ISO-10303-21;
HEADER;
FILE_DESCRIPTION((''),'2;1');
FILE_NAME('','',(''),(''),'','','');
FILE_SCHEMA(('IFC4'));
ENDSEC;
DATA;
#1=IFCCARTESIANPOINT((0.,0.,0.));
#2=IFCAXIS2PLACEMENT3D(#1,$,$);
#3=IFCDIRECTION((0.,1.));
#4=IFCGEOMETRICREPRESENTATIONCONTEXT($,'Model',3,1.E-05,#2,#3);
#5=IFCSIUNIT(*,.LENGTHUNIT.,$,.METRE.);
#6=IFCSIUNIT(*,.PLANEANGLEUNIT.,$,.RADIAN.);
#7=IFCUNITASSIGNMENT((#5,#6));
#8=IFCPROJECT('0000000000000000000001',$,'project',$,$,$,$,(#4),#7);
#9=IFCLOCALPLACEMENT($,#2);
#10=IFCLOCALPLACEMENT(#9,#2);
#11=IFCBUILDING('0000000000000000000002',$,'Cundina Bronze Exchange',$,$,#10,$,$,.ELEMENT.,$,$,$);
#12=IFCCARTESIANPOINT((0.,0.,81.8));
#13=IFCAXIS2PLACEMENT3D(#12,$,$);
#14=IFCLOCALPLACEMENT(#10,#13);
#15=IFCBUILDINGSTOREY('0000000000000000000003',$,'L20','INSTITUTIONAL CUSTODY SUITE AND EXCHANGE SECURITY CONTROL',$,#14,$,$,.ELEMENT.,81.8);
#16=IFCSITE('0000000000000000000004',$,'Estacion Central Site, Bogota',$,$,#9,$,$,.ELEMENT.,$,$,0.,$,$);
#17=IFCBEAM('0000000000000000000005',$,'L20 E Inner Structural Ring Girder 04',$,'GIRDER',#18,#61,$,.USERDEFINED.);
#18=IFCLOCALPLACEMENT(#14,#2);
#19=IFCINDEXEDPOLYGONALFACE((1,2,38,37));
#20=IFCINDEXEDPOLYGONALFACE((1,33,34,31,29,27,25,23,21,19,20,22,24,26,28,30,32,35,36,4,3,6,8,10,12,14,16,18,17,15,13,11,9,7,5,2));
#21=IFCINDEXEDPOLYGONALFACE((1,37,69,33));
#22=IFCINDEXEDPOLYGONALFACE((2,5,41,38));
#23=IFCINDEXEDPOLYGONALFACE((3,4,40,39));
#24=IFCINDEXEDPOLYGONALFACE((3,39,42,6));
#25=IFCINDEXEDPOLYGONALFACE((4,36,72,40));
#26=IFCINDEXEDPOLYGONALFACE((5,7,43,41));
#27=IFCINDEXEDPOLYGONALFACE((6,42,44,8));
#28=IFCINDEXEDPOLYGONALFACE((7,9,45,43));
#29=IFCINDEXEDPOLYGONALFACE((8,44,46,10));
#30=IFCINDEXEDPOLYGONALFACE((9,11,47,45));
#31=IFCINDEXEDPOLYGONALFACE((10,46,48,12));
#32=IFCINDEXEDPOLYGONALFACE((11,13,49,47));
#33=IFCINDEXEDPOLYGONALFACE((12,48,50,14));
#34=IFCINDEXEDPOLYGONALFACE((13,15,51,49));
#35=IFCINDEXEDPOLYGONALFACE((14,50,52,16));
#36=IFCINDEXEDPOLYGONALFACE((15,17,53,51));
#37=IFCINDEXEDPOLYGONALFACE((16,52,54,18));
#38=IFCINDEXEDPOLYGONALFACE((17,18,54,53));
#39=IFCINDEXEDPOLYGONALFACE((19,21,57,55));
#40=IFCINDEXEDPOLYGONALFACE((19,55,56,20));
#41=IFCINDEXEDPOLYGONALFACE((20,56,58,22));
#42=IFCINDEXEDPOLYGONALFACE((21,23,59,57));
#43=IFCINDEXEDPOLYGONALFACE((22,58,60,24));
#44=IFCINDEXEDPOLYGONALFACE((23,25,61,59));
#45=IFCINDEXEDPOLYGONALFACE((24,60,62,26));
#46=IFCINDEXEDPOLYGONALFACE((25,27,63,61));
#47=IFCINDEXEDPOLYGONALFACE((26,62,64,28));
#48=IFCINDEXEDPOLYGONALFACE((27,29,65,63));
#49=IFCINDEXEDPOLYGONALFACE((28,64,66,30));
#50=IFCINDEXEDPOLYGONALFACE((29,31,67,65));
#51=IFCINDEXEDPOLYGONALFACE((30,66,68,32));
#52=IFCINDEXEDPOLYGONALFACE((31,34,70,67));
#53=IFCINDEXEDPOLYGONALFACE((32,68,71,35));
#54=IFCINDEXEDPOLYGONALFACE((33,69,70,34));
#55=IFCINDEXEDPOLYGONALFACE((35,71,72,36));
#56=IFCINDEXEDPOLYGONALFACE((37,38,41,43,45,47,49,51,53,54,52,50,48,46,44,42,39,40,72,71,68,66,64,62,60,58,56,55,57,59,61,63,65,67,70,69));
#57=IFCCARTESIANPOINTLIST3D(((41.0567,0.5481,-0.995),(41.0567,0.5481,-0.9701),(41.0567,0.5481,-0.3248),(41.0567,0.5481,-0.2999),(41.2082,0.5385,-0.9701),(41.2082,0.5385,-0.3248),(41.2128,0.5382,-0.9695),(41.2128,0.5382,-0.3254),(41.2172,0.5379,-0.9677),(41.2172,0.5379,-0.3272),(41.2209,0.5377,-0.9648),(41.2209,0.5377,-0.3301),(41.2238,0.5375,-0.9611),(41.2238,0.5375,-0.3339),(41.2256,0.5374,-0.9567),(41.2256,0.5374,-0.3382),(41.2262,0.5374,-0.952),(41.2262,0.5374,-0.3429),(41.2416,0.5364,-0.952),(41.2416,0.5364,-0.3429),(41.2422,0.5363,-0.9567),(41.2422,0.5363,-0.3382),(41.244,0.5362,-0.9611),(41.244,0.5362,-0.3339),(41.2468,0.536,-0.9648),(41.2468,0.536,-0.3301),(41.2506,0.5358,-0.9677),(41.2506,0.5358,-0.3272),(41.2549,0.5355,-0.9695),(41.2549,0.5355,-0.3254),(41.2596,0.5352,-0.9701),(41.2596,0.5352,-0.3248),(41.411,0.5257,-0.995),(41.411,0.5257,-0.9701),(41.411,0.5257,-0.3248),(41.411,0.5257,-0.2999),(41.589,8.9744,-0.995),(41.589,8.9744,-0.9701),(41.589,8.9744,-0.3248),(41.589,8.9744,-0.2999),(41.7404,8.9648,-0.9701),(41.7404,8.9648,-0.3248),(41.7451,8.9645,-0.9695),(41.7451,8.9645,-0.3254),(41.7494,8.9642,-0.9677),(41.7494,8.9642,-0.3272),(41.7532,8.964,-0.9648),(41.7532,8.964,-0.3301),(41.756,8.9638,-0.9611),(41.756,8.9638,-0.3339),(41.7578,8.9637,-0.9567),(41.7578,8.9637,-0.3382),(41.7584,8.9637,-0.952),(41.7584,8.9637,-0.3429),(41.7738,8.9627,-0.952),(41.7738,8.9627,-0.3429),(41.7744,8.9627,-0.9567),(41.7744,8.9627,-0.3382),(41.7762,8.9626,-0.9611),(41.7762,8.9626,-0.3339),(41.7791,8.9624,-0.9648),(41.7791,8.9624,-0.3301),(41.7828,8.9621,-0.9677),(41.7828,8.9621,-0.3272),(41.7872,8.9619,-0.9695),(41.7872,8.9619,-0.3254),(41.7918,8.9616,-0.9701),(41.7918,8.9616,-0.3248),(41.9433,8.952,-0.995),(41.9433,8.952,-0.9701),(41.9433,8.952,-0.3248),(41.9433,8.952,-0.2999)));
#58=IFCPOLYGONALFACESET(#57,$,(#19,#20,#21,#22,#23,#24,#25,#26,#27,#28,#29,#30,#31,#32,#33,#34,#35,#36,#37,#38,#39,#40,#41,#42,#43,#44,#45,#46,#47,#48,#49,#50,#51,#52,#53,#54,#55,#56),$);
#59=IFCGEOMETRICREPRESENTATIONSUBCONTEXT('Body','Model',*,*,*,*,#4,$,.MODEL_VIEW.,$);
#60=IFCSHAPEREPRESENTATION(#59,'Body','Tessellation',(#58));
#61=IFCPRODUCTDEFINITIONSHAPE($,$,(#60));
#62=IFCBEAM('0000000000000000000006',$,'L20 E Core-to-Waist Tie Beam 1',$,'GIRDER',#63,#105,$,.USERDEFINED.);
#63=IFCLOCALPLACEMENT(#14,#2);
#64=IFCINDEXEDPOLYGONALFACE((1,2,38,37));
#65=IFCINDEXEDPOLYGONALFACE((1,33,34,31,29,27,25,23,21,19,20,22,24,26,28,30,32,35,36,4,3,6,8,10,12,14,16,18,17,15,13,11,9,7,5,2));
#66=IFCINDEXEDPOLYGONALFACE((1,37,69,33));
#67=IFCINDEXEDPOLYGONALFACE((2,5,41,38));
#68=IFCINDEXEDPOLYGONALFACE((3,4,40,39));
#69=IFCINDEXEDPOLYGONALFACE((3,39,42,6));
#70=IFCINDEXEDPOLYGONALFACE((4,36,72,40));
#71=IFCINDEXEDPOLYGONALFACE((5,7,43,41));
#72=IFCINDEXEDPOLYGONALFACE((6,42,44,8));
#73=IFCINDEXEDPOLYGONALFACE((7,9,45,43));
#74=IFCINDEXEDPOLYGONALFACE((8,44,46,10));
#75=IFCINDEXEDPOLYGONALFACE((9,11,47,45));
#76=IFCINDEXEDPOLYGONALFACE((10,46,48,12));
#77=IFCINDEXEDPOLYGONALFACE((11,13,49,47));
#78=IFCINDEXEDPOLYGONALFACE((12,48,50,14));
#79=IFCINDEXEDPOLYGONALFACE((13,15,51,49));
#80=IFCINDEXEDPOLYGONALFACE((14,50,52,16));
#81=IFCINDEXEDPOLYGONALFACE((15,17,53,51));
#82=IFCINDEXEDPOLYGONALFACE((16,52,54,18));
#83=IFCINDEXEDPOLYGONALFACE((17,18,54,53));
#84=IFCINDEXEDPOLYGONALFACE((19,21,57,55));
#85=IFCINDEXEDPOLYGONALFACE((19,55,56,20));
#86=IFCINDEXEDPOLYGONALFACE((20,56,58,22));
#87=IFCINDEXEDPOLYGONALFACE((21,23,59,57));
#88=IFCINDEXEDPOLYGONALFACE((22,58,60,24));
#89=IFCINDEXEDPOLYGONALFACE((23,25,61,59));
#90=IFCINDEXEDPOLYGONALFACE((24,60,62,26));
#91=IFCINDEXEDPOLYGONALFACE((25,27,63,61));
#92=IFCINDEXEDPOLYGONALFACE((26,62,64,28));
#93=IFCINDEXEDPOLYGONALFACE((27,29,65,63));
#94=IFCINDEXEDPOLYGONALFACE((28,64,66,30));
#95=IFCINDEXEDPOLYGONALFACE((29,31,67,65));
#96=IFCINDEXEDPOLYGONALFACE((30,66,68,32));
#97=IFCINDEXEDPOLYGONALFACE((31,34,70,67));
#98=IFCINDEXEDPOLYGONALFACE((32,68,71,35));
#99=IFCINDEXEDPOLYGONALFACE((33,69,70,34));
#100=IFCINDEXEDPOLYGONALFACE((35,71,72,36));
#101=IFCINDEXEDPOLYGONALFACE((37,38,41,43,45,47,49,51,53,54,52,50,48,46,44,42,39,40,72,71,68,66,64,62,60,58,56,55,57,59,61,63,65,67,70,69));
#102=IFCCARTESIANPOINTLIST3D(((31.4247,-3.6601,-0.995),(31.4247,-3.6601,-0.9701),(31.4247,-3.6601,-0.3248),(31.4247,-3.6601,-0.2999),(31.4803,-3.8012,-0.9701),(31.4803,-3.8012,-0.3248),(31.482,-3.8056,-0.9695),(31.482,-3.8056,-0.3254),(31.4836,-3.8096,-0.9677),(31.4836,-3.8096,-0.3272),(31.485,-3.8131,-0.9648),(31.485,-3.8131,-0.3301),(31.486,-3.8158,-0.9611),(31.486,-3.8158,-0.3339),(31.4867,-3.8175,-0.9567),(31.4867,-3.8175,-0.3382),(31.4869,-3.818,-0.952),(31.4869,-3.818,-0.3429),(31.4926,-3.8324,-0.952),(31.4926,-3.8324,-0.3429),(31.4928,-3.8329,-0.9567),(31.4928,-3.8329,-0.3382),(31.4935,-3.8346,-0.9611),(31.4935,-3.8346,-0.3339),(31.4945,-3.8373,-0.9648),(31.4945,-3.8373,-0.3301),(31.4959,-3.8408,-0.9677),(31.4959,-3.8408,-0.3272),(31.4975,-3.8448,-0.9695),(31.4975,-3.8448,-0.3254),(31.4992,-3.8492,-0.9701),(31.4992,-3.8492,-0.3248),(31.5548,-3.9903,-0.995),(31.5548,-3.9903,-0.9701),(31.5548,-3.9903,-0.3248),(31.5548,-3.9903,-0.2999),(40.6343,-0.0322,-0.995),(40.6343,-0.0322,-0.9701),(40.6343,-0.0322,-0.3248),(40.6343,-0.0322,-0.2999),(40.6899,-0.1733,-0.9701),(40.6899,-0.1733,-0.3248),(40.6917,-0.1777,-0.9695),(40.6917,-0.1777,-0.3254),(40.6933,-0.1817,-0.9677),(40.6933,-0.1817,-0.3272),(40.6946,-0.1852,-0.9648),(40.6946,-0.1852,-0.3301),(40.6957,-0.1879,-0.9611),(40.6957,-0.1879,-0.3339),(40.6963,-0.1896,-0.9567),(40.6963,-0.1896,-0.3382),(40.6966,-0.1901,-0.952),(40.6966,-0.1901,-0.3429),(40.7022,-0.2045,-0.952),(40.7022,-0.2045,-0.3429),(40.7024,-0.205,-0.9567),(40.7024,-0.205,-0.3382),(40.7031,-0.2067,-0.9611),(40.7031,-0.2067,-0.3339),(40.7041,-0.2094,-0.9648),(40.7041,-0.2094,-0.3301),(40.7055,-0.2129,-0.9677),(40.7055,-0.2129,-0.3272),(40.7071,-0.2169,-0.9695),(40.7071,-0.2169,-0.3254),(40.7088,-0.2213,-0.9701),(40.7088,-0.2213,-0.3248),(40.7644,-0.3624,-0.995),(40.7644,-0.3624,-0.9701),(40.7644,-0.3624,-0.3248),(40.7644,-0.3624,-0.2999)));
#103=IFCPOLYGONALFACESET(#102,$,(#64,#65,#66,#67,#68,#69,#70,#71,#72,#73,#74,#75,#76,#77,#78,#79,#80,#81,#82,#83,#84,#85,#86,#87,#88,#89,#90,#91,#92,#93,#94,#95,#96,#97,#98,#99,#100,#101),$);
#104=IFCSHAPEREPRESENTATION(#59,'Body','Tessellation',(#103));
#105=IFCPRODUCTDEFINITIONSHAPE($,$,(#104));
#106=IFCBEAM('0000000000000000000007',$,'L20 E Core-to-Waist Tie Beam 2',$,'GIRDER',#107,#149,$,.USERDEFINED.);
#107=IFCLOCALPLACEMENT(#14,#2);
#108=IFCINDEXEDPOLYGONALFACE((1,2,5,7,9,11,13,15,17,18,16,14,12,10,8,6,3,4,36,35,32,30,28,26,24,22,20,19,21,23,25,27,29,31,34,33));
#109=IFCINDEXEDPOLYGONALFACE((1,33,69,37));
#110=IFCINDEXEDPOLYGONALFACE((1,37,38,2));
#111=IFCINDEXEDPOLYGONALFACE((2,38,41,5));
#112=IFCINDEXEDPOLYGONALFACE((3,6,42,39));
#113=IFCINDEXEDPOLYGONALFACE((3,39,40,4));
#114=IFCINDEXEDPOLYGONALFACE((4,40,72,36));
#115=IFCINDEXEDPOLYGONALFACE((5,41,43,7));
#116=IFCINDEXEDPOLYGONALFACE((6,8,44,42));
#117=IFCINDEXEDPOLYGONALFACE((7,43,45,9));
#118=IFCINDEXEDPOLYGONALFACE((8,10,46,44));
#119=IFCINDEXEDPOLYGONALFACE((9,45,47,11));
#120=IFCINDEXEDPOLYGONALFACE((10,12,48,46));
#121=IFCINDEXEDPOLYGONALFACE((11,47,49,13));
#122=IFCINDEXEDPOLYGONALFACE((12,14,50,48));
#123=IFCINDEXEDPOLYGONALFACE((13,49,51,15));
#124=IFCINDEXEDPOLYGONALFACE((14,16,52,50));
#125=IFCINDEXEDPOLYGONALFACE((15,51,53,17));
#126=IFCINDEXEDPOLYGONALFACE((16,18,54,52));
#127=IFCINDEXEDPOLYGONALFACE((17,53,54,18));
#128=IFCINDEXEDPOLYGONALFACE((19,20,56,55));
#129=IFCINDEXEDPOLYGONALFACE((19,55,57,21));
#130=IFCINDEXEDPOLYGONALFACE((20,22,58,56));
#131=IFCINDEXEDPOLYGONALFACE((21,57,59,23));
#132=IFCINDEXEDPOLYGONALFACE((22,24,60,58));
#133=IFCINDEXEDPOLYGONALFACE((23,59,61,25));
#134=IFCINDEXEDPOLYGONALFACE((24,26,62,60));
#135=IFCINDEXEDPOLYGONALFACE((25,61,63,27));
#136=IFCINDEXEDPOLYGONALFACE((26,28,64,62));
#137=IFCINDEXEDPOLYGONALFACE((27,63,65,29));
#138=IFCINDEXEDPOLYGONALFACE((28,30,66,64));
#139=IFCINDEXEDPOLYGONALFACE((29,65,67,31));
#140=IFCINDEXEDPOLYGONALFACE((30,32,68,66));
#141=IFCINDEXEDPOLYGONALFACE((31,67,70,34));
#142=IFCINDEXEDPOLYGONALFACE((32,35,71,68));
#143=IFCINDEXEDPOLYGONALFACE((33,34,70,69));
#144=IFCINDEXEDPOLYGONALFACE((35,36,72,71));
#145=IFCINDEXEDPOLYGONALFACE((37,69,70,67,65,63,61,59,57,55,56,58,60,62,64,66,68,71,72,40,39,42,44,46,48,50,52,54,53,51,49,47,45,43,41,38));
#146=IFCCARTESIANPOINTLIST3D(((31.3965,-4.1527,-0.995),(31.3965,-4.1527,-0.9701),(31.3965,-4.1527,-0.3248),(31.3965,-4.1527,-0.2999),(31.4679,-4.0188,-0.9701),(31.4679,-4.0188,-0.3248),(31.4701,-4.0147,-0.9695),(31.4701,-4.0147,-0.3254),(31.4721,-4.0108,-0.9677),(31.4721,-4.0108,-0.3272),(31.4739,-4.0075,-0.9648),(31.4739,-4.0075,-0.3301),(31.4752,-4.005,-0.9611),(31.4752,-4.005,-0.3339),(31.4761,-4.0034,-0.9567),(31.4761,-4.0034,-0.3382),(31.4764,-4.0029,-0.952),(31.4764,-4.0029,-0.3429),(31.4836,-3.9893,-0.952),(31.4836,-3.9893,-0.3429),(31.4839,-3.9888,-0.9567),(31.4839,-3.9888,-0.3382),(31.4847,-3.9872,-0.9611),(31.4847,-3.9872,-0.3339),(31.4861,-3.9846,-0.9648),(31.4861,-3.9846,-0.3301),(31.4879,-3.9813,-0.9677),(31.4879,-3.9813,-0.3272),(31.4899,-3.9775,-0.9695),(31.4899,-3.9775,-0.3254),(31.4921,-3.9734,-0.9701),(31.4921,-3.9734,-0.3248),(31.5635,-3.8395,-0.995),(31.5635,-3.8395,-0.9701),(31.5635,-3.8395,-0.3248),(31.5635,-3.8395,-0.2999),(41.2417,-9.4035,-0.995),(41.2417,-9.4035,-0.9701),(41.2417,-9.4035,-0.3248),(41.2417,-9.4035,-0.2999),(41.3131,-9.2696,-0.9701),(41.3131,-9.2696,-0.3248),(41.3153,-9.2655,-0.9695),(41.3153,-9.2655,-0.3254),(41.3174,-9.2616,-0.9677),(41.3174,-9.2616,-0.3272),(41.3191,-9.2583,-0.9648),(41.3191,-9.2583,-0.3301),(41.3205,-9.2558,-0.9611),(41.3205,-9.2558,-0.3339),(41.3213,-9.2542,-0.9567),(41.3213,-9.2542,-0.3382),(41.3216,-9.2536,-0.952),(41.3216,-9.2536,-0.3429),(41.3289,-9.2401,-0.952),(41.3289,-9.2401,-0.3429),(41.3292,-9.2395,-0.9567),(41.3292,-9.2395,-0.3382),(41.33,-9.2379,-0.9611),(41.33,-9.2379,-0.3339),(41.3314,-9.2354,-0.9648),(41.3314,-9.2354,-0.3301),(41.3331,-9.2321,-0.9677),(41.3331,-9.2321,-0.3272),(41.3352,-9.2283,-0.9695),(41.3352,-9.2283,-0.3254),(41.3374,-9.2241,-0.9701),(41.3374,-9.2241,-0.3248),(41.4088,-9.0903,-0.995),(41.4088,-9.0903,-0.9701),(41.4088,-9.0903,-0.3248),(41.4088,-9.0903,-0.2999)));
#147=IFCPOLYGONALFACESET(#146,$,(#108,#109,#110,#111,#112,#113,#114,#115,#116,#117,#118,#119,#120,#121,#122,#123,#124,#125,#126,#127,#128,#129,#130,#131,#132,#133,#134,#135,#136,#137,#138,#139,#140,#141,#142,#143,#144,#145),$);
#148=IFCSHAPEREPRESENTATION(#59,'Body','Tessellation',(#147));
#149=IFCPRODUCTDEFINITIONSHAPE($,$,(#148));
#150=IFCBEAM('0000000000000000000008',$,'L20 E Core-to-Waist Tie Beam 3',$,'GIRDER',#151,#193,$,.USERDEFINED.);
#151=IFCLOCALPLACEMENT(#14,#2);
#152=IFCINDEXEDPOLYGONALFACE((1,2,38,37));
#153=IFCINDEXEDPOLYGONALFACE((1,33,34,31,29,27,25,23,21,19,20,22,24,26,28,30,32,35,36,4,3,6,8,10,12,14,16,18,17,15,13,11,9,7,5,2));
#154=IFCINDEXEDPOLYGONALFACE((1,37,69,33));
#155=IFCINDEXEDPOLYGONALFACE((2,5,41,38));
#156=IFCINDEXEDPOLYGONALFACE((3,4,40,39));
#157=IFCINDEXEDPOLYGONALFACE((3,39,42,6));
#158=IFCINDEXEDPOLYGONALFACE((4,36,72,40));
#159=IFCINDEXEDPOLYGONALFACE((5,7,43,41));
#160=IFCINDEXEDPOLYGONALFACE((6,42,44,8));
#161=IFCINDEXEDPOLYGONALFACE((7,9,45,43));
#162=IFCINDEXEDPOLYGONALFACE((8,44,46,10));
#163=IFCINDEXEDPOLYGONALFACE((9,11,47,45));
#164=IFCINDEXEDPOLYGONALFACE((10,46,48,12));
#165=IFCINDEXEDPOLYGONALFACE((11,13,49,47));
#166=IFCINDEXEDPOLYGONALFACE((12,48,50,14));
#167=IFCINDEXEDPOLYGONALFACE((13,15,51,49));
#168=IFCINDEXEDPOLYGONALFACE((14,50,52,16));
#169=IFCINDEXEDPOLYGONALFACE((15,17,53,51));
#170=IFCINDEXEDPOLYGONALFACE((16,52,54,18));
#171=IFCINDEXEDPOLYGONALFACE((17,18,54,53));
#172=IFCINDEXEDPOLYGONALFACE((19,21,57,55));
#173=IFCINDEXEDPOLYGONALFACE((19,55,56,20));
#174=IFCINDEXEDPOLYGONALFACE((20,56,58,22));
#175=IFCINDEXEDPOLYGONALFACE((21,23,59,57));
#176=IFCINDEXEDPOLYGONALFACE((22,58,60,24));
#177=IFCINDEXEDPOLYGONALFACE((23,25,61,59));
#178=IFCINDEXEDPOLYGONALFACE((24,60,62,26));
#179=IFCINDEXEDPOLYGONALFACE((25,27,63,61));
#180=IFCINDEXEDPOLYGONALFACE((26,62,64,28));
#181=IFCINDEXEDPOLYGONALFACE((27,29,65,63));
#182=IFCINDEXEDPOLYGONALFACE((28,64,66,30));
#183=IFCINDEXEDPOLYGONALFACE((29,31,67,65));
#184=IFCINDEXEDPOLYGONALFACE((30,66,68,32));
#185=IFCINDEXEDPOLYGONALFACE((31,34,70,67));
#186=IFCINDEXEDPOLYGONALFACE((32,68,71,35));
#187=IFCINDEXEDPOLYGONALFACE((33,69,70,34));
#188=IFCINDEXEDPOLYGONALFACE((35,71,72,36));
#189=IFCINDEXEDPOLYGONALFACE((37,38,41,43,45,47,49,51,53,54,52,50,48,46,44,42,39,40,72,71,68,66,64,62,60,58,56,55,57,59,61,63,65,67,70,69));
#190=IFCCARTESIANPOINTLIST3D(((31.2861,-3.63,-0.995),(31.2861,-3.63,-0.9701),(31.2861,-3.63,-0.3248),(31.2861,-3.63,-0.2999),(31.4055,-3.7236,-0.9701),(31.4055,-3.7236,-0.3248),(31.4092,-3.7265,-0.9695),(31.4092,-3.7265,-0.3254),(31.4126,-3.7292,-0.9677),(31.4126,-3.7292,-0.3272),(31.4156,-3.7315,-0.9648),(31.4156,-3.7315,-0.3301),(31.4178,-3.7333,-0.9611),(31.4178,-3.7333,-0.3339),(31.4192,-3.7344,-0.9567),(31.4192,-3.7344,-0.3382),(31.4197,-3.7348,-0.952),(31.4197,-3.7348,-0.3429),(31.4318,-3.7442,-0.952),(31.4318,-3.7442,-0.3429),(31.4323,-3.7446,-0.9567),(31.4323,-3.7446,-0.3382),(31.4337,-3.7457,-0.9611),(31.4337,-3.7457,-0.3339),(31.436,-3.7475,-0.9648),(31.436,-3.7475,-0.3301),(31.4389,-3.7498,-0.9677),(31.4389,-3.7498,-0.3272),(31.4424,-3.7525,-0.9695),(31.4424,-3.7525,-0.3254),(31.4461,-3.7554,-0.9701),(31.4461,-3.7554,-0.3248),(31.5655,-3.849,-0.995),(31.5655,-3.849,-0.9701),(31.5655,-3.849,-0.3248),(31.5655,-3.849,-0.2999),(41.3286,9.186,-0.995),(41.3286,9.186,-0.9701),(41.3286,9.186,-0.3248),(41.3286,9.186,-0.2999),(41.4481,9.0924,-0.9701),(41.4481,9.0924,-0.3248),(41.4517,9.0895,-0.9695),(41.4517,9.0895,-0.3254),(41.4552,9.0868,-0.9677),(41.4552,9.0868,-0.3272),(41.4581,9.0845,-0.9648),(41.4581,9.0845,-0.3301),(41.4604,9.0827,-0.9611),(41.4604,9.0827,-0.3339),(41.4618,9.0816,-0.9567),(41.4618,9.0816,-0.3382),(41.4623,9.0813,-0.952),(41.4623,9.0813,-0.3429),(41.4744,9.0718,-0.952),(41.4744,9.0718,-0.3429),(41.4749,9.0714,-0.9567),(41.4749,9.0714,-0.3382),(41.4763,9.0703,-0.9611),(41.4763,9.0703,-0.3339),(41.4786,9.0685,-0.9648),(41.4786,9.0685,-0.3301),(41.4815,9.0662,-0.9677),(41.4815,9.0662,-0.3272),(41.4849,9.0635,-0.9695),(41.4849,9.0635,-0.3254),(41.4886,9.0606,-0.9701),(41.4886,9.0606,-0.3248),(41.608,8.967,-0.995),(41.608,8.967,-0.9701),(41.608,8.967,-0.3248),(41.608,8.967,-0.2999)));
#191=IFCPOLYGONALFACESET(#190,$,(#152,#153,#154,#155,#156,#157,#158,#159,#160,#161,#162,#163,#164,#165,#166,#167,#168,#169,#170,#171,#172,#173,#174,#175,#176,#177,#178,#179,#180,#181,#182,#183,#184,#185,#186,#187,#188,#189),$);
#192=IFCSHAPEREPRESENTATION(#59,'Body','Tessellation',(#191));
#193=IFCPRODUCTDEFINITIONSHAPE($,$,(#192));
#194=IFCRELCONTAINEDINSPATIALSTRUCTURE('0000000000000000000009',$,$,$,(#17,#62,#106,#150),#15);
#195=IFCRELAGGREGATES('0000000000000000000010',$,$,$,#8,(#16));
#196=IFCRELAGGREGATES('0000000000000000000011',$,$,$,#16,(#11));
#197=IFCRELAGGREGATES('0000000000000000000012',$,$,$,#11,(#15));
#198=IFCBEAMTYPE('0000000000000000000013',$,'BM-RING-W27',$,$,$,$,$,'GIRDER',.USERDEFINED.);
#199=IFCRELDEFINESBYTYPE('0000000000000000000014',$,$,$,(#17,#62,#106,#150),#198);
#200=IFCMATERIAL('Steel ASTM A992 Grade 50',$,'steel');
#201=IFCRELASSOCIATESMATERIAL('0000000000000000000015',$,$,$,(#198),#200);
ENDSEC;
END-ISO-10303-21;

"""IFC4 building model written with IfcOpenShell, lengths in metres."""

from ifc_helpers import new_model, si_unit, direction, frame, origin, origin_2d, place, context, subcontext, project, spatial, i_section, extrude, material, material_profile, profile_set, type_object, element, save


model = new_model("IFC4")

# Units and contexts
model_context = context("Model", 3, precision=1e-05, world=origin(), true_north=direction((0.0, 1.0)))
body_context = subcontext(model_context, "Body", "Model", "MODEL_VIEW")
ifc_project = project(units=[si_unit("LENGTHUNIT", "METRE"), si_unit("PLANEANGLEUNIT", "RADIAN")], contexts=[model_context])

# Site, building, storey
site_placement = place(None, origin())
site = spatial("IfcSite", under=ifc_project, at=site_placement, Name="Estacion Central Site, Bogota", CompositionType="ELEMENT", RefElevation=0.0)
building_placement = place(site_placement, origin())
building = spatial("IfcBuilding", under=site, at=building_placement, Name="Cundina Bronze Exchange", CompositionType="ELEMENT")
storey_placement = place(building_placement, frame((0.0, 0.0, 81.8)))
storey = spatial("IfcBuildingStorey", under=building, at=storey_placement, Name="L20", Description="INSTITUTIONAL CUSTODY SUITE AND EXCHANGE SECURITY CONTROL", CompositionType="ELEMENT", Elevation=81.8)

# Beams
ifc_material_1 = material(Name="Steel ASTM A992 Grade 50", Category="steel")
ifc_material_profile_1 = material_profile(ifc_material_1, i_section(OverallWidth=0.355, OverallDepth=0.6951, WebThickness=0.0154, FlangeThickness=0.0249, FilletRadius=0.0181, at=origin_2d()), Name="W27X146", Category="steel")
ifc_profile_set_1 = profile_set([ifc_material_profile_1], Name="Steel ASTM A992 Grade 50")
beam_type_1 = type_object("IfcBeamType", Name="BM-RING-W27", ElementType="GIRDER", PredefinedType="USERDEFINED", material=ifc_profile_set_1)
beam_1_placement = place(storey_placement, frame((41.2339, 0.5369, -0.6475), z_axis=(0.063037, 0.998011, 0.0), x_axis=(-0.998011, 0.063037, 0.0)))
element("IfcBeam", 1, at=beam_1_placement, inside=storey, type_object=beam_type_1, Name="L20 E Inner Structural Ring Girder 04", ObjectType="GIRDER", PredefinedType="USERDEFINED", context=body_context, shape_type="SweptSolid", body=[
    extrude(i_section(OverallWidth=0.355, OverallDepth=0.6951, WebThickness=0.0154, FlangeThickness=0.0249, FilletRadius=0.0181, at=origin_2d()), origin(), (0.0, 0.0, 1.0), 8.4431),
])
beam_2_placement = place(storey_placement, frame((31.4897, -3.8252, -0.6475), z_axis=(0.930413, 0.366512, 0.0), x_axis=(-0.366512, 0.930413, 0.0)))
element("IfcBeam", 2, at=beam_2_placement, inside=storey, type_object=beam_type_1, Name="L20 E Core-to-Waist Tie Beam 1", ObjectType="GIRDER", PredefinedType="USERDEFINED", context=body_context, shape_type="SweptSolid", body=[
    extrude(i_section(OverallWidth=0.355, OverallDepth=0.6951, WebThickness=0.0154, FlangeThickness=0.0249, FilletRadius=0.0181, at=origin_2d()), origin(), (0.0, 0.0, 1.0), 9.8984),
])
beam_3_placement = place(storey_placement, frame((31.48, -3.9961, -0.6475), z_axis=(0.882355, -0.470585, 0.0), x_axis=(0.470585, 0.882355, 0.0)))
element("IfcBeam", 3, at=beam_3_placement, inside=storey, type_object=beam_type_1, Name="L20 E Core-to-Waist Tie Beam 2", ObjectType="GIRDER", PredefinedType="USERDEFINED", context=body_context, shape_type="SweptSolid", body=[
    extrude(i_section(OverallWidth=0.355, OverallDepth=0.6951, WebThickness=0.0154, FlangeThickness=0.0249, FilletRadius=0.0181, at=origin_2d()), origin(), (0.0, 0.0, 1.0), 11.158),
])
beam_4_placement = place(storey_placement, frame((31.4258, -3.7395, -0.6475), z_axis=(0.616789, 0.787128, 0.0), x_axis=(-0.787128, 0.616789, 0.0)))
element("IfcBeam", 4, at=beam_4_placement, inside=storey, type_object=beam_type_1, Name="L20 E Core-to-Waist Tie Beam 3", ObjectType="GIRDER", PredefinedType="USERDEFINED", context=body_context, shape_type="SweptSolid", body=[
    extrude(i_section(OverallWidth=0.355, OverallDepth=0.6951, WebThickness=0.0154, FlangeThickness=0.0249, FilletRadius=0.0181, at=origin_2d()), origin(), (0.0, 0.0, 1.0), 16.282),
])

save(model, "model.ifc")
